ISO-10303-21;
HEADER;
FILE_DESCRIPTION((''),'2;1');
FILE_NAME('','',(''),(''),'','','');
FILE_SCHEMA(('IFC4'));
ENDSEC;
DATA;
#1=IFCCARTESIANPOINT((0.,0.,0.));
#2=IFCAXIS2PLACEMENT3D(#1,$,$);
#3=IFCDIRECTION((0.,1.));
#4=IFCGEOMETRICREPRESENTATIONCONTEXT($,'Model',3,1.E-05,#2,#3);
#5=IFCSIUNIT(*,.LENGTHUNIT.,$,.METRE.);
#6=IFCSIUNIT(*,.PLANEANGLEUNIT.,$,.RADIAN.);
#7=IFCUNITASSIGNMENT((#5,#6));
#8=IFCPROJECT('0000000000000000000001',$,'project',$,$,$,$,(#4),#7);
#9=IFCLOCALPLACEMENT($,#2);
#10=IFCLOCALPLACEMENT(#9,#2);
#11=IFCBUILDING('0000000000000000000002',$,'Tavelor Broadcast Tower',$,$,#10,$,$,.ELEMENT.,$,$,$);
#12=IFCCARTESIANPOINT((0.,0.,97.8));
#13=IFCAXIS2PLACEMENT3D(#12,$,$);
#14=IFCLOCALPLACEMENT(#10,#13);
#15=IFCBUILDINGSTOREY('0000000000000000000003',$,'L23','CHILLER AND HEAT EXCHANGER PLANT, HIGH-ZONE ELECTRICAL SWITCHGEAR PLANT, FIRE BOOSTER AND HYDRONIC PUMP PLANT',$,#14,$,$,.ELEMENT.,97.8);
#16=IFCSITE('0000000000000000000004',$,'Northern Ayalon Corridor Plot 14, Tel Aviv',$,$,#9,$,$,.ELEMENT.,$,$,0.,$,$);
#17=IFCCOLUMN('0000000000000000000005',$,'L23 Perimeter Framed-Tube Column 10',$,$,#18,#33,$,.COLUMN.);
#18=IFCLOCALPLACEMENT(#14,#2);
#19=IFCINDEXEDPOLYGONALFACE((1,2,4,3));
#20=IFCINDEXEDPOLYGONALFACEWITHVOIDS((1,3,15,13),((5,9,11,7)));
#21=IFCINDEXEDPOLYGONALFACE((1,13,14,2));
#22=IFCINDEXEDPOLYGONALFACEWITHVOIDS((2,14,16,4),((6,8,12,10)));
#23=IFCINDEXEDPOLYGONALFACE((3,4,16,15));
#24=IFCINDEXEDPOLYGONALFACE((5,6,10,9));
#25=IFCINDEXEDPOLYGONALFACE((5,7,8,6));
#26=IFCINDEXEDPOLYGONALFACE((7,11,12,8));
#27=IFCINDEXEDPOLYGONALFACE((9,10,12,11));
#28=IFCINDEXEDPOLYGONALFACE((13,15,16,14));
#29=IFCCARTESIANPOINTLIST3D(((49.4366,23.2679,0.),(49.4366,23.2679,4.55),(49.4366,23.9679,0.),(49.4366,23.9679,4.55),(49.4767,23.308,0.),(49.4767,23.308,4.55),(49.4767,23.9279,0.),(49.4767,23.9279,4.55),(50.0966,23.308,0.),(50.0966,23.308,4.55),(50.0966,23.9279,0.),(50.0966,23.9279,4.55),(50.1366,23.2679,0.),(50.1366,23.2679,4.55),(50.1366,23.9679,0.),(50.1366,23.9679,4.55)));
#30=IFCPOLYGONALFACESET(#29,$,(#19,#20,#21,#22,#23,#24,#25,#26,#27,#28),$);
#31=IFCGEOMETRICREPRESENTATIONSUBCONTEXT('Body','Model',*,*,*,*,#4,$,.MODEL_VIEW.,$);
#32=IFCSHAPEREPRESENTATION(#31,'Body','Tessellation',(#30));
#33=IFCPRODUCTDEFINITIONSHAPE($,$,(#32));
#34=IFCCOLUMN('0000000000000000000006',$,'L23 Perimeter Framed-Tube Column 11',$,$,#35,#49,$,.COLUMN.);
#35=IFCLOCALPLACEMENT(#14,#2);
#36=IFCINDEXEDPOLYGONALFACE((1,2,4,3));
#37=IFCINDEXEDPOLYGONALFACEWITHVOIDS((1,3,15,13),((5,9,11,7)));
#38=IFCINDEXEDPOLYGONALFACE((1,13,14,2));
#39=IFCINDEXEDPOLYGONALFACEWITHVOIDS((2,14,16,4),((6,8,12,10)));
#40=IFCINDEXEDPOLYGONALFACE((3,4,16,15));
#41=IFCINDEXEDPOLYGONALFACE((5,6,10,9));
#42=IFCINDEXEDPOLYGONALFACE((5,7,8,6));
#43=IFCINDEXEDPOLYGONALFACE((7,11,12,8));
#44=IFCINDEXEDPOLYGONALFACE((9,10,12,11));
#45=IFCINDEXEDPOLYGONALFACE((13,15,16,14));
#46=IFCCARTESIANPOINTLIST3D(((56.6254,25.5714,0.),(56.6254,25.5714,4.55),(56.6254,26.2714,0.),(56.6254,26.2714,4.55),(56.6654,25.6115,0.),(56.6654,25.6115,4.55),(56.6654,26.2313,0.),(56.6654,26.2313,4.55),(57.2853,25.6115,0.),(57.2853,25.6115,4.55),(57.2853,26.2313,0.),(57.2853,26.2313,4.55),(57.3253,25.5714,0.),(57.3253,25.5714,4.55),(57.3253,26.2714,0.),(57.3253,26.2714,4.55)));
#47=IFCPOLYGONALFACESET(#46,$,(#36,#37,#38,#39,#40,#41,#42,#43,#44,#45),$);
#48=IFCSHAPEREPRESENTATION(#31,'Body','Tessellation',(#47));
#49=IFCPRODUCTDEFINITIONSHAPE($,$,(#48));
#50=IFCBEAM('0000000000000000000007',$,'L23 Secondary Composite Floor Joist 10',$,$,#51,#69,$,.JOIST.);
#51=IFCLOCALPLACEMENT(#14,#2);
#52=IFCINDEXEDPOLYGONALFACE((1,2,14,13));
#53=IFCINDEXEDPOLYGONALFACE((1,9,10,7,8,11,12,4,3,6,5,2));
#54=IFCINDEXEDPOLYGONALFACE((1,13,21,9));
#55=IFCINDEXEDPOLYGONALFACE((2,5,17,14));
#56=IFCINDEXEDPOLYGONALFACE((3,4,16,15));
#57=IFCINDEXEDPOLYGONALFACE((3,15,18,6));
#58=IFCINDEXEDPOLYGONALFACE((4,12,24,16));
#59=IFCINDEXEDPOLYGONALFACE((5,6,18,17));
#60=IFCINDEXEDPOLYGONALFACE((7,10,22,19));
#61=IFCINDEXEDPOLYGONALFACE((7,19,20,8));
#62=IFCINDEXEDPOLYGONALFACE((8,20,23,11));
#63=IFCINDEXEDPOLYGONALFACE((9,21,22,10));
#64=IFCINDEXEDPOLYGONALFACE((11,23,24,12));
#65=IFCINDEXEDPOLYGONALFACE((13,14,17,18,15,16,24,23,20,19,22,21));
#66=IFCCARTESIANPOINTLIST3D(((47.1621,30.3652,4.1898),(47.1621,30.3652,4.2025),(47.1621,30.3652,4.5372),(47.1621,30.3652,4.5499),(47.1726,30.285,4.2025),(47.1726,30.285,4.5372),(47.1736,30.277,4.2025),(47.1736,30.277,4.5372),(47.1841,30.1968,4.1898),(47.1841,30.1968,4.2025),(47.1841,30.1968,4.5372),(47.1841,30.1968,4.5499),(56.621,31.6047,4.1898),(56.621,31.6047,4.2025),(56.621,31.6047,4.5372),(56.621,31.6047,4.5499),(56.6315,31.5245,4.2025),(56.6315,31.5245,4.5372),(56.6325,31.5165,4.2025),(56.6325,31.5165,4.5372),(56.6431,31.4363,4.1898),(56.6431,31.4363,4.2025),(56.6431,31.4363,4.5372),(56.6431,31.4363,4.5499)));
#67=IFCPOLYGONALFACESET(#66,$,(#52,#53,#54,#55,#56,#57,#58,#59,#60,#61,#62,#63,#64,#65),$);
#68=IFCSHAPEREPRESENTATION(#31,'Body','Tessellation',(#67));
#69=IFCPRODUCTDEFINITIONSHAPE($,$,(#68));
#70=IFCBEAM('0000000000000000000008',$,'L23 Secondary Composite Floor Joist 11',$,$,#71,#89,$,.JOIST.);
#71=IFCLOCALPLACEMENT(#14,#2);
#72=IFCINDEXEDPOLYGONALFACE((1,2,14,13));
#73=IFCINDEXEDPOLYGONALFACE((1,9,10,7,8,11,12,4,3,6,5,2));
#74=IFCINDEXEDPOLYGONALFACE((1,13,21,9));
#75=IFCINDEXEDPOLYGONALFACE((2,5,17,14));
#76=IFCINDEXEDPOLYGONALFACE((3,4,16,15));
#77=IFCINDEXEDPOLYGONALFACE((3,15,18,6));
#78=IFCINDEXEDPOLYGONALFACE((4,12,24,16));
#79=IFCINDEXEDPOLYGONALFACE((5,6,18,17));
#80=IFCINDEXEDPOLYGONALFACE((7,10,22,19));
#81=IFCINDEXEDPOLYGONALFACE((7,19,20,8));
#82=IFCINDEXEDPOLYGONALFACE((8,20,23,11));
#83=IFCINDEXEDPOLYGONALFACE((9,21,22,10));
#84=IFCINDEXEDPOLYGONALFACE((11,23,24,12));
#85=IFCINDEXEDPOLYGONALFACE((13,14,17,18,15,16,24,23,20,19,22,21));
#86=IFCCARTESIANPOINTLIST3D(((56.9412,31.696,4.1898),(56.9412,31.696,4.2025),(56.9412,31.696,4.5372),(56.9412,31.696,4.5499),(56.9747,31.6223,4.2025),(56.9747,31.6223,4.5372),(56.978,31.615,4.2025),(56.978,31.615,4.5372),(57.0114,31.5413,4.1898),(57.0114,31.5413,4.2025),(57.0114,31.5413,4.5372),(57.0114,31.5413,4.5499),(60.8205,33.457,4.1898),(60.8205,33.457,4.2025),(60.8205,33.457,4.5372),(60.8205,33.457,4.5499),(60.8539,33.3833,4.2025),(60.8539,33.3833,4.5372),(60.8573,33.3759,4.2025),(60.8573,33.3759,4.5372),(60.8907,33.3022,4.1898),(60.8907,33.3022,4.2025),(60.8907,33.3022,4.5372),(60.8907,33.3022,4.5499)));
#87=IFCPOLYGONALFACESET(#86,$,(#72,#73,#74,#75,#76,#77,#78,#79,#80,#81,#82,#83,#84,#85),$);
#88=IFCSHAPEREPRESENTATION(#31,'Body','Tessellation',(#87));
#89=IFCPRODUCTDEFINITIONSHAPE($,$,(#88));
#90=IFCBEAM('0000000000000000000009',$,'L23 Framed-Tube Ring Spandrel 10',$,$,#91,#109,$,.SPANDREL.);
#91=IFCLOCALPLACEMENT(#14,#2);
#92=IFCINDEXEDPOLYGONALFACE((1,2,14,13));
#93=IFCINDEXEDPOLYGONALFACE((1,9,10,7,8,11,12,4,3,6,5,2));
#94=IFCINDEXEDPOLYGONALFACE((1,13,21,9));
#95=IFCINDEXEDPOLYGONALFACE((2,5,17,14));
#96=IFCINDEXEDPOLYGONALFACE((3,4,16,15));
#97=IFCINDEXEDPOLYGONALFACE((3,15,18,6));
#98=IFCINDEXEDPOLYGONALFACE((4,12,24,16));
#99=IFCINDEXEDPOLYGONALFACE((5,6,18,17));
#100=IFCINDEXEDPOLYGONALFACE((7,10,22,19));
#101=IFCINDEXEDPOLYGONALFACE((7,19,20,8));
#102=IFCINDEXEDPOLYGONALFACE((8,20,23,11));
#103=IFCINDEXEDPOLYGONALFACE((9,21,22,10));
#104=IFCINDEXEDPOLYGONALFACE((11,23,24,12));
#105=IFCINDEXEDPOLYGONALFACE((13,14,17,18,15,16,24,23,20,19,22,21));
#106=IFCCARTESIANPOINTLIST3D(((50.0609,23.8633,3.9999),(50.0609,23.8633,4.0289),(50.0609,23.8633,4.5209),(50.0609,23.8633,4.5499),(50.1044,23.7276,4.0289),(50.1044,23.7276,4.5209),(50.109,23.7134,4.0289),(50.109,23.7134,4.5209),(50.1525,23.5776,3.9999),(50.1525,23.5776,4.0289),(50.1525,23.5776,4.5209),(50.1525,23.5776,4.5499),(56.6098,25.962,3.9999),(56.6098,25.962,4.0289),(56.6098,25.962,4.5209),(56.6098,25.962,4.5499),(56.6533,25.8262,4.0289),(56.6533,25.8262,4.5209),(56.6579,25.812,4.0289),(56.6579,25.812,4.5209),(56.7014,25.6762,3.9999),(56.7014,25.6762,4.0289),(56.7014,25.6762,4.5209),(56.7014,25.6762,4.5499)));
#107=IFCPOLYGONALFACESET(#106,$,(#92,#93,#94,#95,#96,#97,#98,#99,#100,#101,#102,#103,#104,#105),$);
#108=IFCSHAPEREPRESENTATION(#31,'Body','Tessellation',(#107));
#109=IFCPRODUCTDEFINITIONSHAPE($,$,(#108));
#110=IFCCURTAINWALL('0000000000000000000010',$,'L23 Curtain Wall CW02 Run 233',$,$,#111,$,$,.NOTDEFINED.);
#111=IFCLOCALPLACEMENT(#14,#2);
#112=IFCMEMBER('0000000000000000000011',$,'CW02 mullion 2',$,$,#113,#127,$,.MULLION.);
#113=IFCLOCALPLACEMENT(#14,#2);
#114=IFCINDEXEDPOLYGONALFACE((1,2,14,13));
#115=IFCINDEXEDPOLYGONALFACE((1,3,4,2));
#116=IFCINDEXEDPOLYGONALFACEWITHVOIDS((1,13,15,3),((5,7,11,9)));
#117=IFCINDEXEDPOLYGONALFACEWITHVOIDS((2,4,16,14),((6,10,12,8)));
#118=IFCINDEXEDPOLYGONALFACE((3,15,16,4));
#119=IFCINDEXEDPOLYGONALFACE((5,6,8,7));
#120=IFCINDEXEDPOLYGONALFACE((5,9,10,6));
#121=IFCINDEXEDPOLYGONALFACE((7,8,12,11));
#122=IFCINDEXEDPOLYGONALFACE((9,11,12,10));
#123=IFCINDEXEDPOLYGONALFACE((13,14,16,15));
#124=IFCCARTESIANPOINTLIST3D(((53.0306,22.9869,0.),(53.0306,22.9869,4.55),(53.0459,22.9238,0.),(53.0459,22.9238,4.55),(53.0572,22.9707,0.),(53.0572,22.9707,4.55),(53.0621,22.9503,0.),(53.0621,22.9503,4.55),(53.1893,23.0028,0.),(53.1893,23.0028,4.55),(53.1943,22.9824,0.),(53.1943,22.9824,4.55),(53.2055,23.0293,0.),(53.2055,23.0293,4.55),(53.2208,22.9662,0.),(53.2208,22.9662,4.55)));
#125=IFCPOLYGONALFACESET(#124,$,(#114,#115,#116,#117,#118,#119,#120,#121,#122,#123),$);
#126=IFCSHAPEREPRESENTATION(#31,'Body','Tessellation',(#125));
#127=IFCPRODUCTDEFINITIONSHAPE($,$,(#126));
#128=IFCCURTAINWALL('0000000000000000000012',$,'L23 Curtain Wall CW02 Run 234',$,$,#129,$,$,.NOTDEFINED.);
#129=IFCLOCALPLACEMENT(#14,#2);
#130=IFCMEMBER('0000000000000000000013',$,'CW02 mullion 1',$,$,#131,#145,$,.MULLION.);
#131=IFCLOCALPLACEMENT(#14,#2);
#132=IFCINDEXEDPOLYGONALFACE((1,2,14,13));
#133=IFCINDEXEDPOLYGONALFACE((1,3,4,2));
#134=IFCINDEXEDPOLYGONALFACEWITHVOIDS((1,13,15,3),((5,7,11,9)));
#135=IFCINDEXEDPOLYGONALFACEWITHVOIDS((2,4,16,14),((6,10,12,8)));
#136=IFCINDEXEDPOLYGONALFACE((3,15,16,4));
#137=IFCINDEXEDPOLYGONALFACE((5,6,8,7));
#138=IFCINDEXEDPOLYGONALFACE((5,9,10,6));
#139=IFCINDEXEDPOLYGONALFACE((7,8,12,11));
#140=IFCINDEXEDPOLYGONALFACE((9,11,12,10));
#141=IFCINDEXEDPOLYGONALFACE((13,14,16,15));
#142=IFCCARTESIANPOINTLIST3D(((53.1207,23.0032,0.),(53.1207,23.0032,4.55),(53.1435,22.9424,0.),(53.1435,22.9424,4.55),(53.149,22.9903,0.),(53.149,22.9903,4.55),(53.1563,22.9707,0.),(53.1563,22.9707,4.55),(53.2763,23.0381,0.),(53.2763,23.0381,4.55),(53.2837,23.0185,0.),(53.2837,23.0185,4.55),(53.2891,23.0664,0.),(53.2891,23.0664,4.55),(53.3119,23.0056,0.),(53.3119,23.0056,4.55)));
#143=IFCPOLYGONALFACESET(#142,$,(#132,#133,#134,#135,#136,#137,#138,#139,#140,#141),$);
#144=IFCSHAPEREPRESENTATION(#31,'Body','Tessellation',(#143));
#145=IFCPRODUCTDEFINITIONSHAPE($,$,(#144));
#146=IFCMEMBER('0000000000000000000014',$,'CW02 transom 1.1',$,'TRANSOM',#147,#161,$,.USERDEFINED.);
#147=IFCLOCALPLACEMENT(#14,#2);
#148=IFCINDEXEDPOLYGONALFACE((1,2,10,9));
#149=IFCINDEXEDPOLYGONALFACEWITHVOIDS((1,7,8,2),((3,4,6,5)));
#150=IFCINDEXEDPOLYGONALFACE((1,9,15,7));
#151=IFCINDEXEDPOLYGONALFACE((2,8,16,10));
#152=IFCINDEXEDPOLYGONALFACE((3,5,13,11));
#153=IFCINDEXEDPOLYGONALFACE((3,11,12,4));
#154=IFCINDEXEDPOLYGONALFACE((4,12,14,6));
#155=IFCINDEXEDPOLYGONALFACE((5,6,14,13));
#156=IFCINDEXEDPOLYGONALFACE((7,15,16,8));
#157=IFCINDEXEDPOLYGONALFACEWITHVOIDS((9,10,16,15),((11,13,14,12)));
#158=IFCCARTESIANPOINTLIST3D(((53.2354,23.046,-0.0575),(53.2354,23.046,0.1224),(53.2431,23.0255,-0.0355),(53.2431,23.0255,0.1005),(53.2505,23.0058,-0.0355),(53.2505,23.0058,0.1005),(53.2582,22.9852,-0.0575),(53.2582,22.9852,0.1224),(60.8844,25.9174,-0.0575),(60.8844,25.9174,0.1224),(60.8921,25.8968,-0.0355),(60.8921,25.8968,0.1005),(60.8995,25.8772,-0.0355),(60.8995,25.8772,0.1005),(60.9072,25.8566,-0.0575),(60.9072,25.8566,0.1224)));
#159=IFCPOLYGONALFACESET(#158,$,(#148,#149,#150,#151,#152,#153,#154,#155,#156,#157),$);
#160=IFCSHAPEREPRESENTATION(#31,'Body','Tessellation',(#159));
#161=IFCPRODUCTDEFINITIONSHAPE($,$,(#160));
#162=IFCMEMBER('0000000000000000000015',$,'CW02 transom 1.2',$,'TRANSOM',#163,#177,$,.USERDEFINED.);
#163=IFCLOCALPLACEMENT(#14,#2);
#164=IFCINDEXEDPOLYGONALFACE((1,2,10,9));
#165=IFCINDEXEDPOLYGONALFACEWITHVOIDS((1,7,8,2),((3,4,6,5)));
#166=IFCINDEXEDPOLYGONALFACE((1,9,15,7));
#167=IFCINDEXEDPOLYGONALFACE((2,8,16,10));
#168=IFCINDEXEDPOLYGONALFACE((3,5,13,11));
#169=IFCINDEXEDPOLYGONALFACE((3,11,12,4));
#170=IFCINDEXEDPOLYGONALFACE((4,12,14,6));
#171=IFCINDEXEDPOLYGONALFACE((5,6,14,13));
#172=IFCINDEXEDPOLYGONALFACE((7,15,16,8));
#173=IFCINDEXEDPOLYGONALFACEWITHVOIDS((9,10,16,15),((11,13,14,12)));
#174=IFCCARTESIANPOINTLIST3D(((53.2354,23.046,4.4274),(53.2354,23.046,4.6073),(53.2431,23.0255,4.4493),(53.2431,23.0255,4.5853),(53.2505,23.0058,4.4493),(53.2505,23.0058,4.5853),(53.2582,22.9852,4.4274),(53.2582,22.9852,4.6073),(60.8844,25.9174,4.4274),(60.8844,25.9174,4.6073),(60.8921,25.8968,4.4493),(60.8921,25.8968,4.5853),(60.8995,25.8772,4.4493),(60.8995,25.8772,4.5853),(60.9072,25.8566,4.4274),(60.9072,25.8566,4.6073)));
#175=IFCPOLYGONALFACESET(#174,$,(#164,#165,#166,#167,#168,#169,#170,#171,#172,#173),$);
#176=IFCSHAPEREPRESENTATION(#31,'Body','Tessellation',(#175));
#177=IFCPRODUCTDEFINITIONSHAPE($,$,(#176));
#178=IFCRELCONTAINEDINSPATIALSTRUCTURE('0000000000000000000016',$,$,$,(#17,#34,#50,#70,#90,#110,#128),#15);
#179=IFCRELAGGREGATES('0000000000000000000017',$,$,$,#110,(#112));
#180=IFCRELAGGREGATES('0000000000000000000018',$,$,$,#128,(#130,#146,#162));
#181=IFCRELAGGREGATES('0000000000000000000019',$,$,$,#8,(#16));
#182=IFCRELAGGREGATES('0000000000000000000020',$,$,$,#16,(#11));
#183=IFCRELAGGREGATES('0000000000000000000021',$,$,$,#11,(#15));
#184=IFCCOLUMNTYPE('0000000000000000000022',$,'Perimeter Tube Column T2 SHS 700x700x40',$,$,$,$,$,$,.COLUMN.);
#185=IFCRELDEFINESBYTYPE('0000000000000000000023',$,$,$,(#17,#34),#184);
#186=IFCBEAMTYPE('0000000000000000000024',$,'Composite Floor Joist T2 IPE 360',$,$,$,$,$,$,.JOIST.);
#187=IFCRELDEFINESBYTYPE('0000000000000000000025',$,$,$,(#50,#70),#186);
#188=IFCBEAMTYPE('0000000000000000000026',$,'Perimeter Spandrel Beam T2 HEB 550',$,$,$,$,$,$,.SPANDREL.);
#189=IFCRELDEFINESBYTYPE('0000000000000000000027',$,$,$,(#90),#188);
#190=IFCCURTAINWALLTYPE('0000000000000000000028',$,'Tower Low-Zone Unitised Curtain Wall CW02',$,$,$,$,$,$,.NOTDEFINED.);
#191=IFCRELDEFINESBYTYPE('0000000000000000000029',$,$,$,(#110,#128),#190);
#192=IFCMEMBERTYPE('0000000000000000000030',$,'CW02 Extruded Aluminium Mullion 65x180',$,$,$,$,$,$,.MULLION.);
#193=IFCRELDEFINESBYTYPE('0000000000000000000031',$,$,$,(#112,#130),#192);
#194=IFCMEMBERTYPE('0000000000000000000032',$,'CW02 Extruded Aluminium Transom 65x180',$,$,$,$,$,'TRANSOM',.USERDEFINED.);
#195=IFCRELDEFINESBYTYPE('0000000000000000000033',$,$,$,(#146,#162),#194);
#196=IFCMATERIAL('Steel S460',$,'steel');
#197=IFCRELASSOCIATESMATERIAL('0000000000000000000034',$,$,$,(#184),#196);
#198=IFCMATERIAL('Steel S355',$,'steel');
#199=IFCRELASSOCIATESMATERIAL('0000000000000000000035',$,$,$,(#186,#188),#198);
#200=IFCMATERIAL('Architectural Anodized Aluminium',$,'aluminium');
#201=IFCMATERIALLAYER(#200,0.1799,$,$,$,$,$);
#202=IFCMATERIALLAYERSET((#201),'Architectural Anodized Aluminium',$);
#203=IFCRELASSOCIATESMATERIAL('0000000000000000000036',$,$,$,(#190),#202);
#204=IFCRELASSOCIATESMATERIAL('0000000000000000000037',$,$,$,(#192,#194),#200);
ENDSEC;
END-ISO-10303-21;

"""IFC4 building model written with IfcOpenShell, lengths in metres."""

from ifc_helpers import new_model, si_unit, direction, frame, origin, origin_2d, place, context, subcontext, project, spatial, hollow_rectangle, i_section, extrude, source, transform, mapped, material, layer, layer_set, material_profile, profile_set, type_object, type_shapes, element, aggregate, save


model = new_model("IFC4")

# Units and contexts
model_context = context("Model", 3, precision=1e-05, world=origin(), true_north=direction((0.0, 1.0)))
body_context = subcontext(model_context, "Body", "Model", "MODEL_VIEW")
ifc_project = project(units=[si_unit("LENGTHUNIT", "METRE"), si_unit("PLANEANGLEUNIT", "RADIAN")], contexts=[model_context])

# Site, building, storey
site_placement = place(None, origin())
site = spatial("IfcSite", under=ifc_project, at=site_placement, Name="Northern Ayalon Corridor Plot 14, Tel Aviv", CompositionType="ELEMENT", RefElevation=0.0)
building_placement = place(site_placement, origin())
building = spatial("IfcBuilding", under=site, at=building_placement, Name="Tavelor Broadcast Tower", CompositionType="ELEMENT")
storey_placement = place(building_placement, frame((0.0, 0.0, 97.8)))
storey = spatial("IfcBuildingStorey", under=building, at=storey_placement, Name="L23", Description="CHILLER AND HEAT EXCHANGER PLANT, HIGH-ZONE ELECTRICAL SWITCHGEAR PLANT, FIRE BOOSTER AND HYDRONIC PUMP PLANT", CompositionType="ELEMENT", Elevation=97.8)

# Columns
ifc_material_1 = material(Name="Steel S460", Category="steel")
ifc_material_profile_1 = material_profile(ifc_material_1, hollow_rectangle(XDim=0.7, YDim=0.7, WallThickness=0.04, at=origin_2d()), Name="SHS 700x700x40")
ifc_profile_set_1 = profile_set([ifc_material_profile_1], Name="Steel S460")
column_type = type_object("IfcColumnType", Name="Perimeter Tube Column T2 SHS 700x700x40", PredefinedType="COLUMN", material=ifc_profile_set_1)
for number, where, z_axis, x_axis, name in (
    (1, (49.7866, 23.6179, 0.0), (0.0, 0.0, 1.0), (1.0, 0.0, 0.0), "L23 Perimeter Framed-Tube Column 10"),
    (2, (56.9753, 25.9214, 0.0), (0.0, 0.0, 1.0), (1.0, 0.0, 0.0), "L23 Perimeter Framed-Tube Column 11"),
):
    element("IfcColumn", number, at=place(storey_placement, frame(where, z_axis=z_axis, x_axis=x_axis)), inside=storey, type_object=column_type, Name=name, PredefinedType="COLUMN", context=body_context, shape_type="SweptSolid", body=[
        extrude(hollow_rectangle(XDim=0.7, YDim=0.7, WallThickness=0.04, at=origin_2d()), origin(), (0.0, 0.0, 1.0), 4.55),
    ])

# Beams
ifc_material_2 = material(Name="Steel S355", Category="steel")
ifc_material_profile_2 = material_profile(ifc_material_2, i_section(OverallWidth=0.1699, OverallDepth=0.3601, WebThickness=0.0081, FlangeThickness=0.0127, at=origin_2d()), Name="IPE 360")
ifc_profile_set_2 = profile_set([ifc_material_profile_2], Name="Steel S355")
beam_type_1 = type_object("IfcBeamType", Name="Composite Floor Joist T2 IPE 360", PredefinedType="JOIST", material=ifc_profile_set_2)
beam_1_placement = place(storey_placement, frame((47.1731, 30.281, 4.3699), z_axis=(0.991523, 0.129929, 0.0), x_axis=(-0.129929, 0.991523, 0.0)))
element("IfcBeam", 3, at=beam_1_placement, inside=storey, type_object=beam_type_1, Name="L23 Secondary Composite Floor Joist 10", PredefinedType="JOIST", context=body_context, shape_type="SweptSolid", body=[
    extrude(i_section(OverallWidth=0.1699, OverallDepth=0.3601, WebThickness=0.0081, FlangeThickness=0.0127, at=origin_2d()), origin(), (0.0, 0.0, 1.0), 9.5398),
])
beam_2_placement = place(storey_placement, frame((56.9763, 31.6187, 4.3699), z_axis=(0.910576, 0.413341, 0.0), x_axis=(-0.413341, 0.910576, 0.0)))
element("IfcBeam", 4, at=beam_2_placement, inside=storey, type_object=beam_type_1, Name="L23 Secondary Composite Floor Joist 11", PredefinedType="JOIST", context=body_context, shape_type="SweptSolid", body=[
    extrude(i_section(OverallWidth=0.1699, OverallDepth=0.3601, WebThickness=0.0081, FlangeThickness=0.0127, at=origin_2d()), origin(), (0.0, 0.0, 1.0), 4.2603),
])
ifc_material_profile_3 = material_profile(ifc_material_2, i_section(OverallWidth=0.3, OverallDepth=0.55, WebThickness=0.0149, FlangeThickness=0.0291, at=origin_2d()), Name="HEB 550")
ifc_profile_set_3 = profile_set([ifc_material_profile_3], Name="Steel S355")
beam_type_2 = type_object("IfcBeamType", Name="Perimeter Spandrel Beam T2 HEB 550", PredefinedType="SPANDREL", material=ifc_profile_set_3)
beam_3_placement = place(storey_placement, frame((50.1067, 23.7205, 4.2749), z_axis=(0.952297, 0.305172, 0.0), x_axis=(-0.305172, 0.952297, 0.0)))
element("IfcBeam", 5, at=beam_3_placement, inside=storey, type_object=beam_type_2, Name="L23 Framed-Tube Ring Spandrel 10", PredefinedType="SPANDREL", context=body_context, shape_type="SweptSolid", body=[
    extrude(i_section(OverallWidth=0.3, OverallDepth=0.55, WebThickness=0.0149, FlangeThickness=0.0291, at=origin_2d()), origin(), (0.0, 0.0, 1.0), 6.877),
])

# Curtain wall, member
ifc_material_3 = material(Name="Architectural Anodized Aluminium", Category="aluminium")
ifc_layer_1 = layer(ifc_material_3, 0.1799)
ifc_layer_set_1 = layer_set([ifc_layer_1], Name="Architectural Anodized Aluminium")
curtain_wall_type = type_object("IfcCurtainWallType", Name="Tower Low-Zone Unitised Curtain Wall CW02", PredefinedType="NOTDEFINED", material=ifc_layer_set_1)
curtain_wall_1_placement = place(storey_placement, origin())
curtain_wall_1 = element("IfcCurtainWall", 6, at=curtain_wall_1_placement, inside=storey, type_object=curtain_wall_type, Name="L23 Curtain Wall CW02 Run 233", PredefinedType="NOTDEFINED")
ifc_material_profile_4 = material_profile(ifc_material_3, hollow_rectangle(XDim=0.0649, YDim=0.1799, WallThickness=0.022, at=origin_2d()), Name="RHS 65x180x22")
ifc_profile_set_4 = profile_set([ifc_material_profile_4], Name="Architectural Anodized Aluminium")
member_type_1 = type_object("IfcMemberType", Name="CW02 Extruded Aluminium Mullion 65x180", PredefinedType="MULLION", material=ifc_profile_set_4)
shared_shape_1 = source(origin(), body_context, "Body", "SweptSolid", [
    extrude(hollow_rectangle(XDim=0.0649, YDim=0.1799, WallThickness=0.022, at=origin_2d()), origin(), (0.0, 0.0, 1.0), 4.55),
])
type_shapes(member_type_1, [shared_shape_1])
member_1_placement = place(storey_placement, frame((53.1257, 22.9766, 0.0), z_axis=(0.0, 0.0, 1.0), x_axis=(-0.235551, 0.971862, 0.0)))
member_1 = element("IfcMember", 7, at=member_1_placement, type_object=member_type_1, Name="CW02 mullion 2", PredefinedType="MULLION", context=body_context, shape_type="MappedRepresentation", body=[
    mapped(shared_shape_1, transform((0.0, 0.0, 0.0), scale=1.0)),
])

# Curtain wall, members
curtain_wall_2_placement = place(storey_placement, origin())
curtain_wall_2 = element("IfcCurtainWall", 8, at=curtain_wall_2_placement, inside=storey, type_object=curtain_wall_type, Name="L23 Curtain Wall CW02 Run 234", PredefinedType="NOTDEFINED")
member_2_placement = place(storey_placement, frame((53.2163, 23.0044, 0.0), z_axis=(0.0, 0.0, 1.0), x_axis=(-0.351443, 0.936209, 0.0)))
member_2 = element("IfcMember", 9, at=member_2_placement, type_object=member_type_1, Name="CW02 mullion 1", PredefinedType="MULLION", context=body_context, shape_type="MappedRepresentation", body=[
    mapped(shared_shape_1, transform((0.0, 0.0, 0.0), scale=1.0)),
])
ifc_material_profile_5 = material_profile(ifc_material_3, hollow_rectangle(XDim=0.0649, YDim=0.1799, WallThickness=0.022, at=origin_2d()), Name="RHS 65x180x22")
ifc_profile_set_5 = profile_set([ifc_material_profile_5], Name="Architectural Anodized Aluminium")
member_type_2 = type_object("IfcMemberType", Name="CW02 Extruded Aluminium Transom 65x180", ElementType="TRANSOM", PredefinedType="USERDEFINED", material=ifc_profile_set_5)
shared_shape_2 = source(origin(), body_context, "Body", "SweptSolid", [
    extrude(hollow_rectangle(XDim=0.0649, YDim=0.1799, WallThickness=0.022, at=origin_2d()), origin(), (0.0, 0.0, 1.0), 8.1702),
])
type_shapes(member_type_2, [shared_shape_2])
member_3_placement = place(storey_placement, frame((53.2468, 23.0156, 0.0325), z_axis=(0.936209, 0.351444, 0.0), x_axis=(-0.351444, 0.936209, 0.0)))
member_3 = element("IfcMember", 10, at=member_3_placement, type_object=member_type_2, Name="CW02 transom 1.1", ObjectType="TRANSOM", PredefinedType="USERDEFINED", context=body_context, shape_type="MappedRepresentation", body=[
    mapped(shared_shape_2, transform((0.0, 0.0, 0.0), scale=1.0)),
])
member_4_placement = place(storey_placement, frame((53.2468, 23.0156, 4.5173), z_axis=(0.936209, 0.351444, 0.0), x_axis=(-0.351444, 0.936209, 0.0)))
member_4 = element("IfcMember", 11, at=member_4_placement, type_object=member_type_2, Name="CW02 transom 1.2", ObjectType="TRANSOM", PredefinedType="USERDEFINED", context=body_context, shape_type="MappedRepresentation", body=[
    mapped(shared_shape_2, transform((0.0, 0.0, 0.0), scale=1.0)),
])

aggregate(curtain_wall_1, [member_1])
aggregate(curtain_wall_2, [member_2, member_3, member_4])

save(model, "model.ifc")
